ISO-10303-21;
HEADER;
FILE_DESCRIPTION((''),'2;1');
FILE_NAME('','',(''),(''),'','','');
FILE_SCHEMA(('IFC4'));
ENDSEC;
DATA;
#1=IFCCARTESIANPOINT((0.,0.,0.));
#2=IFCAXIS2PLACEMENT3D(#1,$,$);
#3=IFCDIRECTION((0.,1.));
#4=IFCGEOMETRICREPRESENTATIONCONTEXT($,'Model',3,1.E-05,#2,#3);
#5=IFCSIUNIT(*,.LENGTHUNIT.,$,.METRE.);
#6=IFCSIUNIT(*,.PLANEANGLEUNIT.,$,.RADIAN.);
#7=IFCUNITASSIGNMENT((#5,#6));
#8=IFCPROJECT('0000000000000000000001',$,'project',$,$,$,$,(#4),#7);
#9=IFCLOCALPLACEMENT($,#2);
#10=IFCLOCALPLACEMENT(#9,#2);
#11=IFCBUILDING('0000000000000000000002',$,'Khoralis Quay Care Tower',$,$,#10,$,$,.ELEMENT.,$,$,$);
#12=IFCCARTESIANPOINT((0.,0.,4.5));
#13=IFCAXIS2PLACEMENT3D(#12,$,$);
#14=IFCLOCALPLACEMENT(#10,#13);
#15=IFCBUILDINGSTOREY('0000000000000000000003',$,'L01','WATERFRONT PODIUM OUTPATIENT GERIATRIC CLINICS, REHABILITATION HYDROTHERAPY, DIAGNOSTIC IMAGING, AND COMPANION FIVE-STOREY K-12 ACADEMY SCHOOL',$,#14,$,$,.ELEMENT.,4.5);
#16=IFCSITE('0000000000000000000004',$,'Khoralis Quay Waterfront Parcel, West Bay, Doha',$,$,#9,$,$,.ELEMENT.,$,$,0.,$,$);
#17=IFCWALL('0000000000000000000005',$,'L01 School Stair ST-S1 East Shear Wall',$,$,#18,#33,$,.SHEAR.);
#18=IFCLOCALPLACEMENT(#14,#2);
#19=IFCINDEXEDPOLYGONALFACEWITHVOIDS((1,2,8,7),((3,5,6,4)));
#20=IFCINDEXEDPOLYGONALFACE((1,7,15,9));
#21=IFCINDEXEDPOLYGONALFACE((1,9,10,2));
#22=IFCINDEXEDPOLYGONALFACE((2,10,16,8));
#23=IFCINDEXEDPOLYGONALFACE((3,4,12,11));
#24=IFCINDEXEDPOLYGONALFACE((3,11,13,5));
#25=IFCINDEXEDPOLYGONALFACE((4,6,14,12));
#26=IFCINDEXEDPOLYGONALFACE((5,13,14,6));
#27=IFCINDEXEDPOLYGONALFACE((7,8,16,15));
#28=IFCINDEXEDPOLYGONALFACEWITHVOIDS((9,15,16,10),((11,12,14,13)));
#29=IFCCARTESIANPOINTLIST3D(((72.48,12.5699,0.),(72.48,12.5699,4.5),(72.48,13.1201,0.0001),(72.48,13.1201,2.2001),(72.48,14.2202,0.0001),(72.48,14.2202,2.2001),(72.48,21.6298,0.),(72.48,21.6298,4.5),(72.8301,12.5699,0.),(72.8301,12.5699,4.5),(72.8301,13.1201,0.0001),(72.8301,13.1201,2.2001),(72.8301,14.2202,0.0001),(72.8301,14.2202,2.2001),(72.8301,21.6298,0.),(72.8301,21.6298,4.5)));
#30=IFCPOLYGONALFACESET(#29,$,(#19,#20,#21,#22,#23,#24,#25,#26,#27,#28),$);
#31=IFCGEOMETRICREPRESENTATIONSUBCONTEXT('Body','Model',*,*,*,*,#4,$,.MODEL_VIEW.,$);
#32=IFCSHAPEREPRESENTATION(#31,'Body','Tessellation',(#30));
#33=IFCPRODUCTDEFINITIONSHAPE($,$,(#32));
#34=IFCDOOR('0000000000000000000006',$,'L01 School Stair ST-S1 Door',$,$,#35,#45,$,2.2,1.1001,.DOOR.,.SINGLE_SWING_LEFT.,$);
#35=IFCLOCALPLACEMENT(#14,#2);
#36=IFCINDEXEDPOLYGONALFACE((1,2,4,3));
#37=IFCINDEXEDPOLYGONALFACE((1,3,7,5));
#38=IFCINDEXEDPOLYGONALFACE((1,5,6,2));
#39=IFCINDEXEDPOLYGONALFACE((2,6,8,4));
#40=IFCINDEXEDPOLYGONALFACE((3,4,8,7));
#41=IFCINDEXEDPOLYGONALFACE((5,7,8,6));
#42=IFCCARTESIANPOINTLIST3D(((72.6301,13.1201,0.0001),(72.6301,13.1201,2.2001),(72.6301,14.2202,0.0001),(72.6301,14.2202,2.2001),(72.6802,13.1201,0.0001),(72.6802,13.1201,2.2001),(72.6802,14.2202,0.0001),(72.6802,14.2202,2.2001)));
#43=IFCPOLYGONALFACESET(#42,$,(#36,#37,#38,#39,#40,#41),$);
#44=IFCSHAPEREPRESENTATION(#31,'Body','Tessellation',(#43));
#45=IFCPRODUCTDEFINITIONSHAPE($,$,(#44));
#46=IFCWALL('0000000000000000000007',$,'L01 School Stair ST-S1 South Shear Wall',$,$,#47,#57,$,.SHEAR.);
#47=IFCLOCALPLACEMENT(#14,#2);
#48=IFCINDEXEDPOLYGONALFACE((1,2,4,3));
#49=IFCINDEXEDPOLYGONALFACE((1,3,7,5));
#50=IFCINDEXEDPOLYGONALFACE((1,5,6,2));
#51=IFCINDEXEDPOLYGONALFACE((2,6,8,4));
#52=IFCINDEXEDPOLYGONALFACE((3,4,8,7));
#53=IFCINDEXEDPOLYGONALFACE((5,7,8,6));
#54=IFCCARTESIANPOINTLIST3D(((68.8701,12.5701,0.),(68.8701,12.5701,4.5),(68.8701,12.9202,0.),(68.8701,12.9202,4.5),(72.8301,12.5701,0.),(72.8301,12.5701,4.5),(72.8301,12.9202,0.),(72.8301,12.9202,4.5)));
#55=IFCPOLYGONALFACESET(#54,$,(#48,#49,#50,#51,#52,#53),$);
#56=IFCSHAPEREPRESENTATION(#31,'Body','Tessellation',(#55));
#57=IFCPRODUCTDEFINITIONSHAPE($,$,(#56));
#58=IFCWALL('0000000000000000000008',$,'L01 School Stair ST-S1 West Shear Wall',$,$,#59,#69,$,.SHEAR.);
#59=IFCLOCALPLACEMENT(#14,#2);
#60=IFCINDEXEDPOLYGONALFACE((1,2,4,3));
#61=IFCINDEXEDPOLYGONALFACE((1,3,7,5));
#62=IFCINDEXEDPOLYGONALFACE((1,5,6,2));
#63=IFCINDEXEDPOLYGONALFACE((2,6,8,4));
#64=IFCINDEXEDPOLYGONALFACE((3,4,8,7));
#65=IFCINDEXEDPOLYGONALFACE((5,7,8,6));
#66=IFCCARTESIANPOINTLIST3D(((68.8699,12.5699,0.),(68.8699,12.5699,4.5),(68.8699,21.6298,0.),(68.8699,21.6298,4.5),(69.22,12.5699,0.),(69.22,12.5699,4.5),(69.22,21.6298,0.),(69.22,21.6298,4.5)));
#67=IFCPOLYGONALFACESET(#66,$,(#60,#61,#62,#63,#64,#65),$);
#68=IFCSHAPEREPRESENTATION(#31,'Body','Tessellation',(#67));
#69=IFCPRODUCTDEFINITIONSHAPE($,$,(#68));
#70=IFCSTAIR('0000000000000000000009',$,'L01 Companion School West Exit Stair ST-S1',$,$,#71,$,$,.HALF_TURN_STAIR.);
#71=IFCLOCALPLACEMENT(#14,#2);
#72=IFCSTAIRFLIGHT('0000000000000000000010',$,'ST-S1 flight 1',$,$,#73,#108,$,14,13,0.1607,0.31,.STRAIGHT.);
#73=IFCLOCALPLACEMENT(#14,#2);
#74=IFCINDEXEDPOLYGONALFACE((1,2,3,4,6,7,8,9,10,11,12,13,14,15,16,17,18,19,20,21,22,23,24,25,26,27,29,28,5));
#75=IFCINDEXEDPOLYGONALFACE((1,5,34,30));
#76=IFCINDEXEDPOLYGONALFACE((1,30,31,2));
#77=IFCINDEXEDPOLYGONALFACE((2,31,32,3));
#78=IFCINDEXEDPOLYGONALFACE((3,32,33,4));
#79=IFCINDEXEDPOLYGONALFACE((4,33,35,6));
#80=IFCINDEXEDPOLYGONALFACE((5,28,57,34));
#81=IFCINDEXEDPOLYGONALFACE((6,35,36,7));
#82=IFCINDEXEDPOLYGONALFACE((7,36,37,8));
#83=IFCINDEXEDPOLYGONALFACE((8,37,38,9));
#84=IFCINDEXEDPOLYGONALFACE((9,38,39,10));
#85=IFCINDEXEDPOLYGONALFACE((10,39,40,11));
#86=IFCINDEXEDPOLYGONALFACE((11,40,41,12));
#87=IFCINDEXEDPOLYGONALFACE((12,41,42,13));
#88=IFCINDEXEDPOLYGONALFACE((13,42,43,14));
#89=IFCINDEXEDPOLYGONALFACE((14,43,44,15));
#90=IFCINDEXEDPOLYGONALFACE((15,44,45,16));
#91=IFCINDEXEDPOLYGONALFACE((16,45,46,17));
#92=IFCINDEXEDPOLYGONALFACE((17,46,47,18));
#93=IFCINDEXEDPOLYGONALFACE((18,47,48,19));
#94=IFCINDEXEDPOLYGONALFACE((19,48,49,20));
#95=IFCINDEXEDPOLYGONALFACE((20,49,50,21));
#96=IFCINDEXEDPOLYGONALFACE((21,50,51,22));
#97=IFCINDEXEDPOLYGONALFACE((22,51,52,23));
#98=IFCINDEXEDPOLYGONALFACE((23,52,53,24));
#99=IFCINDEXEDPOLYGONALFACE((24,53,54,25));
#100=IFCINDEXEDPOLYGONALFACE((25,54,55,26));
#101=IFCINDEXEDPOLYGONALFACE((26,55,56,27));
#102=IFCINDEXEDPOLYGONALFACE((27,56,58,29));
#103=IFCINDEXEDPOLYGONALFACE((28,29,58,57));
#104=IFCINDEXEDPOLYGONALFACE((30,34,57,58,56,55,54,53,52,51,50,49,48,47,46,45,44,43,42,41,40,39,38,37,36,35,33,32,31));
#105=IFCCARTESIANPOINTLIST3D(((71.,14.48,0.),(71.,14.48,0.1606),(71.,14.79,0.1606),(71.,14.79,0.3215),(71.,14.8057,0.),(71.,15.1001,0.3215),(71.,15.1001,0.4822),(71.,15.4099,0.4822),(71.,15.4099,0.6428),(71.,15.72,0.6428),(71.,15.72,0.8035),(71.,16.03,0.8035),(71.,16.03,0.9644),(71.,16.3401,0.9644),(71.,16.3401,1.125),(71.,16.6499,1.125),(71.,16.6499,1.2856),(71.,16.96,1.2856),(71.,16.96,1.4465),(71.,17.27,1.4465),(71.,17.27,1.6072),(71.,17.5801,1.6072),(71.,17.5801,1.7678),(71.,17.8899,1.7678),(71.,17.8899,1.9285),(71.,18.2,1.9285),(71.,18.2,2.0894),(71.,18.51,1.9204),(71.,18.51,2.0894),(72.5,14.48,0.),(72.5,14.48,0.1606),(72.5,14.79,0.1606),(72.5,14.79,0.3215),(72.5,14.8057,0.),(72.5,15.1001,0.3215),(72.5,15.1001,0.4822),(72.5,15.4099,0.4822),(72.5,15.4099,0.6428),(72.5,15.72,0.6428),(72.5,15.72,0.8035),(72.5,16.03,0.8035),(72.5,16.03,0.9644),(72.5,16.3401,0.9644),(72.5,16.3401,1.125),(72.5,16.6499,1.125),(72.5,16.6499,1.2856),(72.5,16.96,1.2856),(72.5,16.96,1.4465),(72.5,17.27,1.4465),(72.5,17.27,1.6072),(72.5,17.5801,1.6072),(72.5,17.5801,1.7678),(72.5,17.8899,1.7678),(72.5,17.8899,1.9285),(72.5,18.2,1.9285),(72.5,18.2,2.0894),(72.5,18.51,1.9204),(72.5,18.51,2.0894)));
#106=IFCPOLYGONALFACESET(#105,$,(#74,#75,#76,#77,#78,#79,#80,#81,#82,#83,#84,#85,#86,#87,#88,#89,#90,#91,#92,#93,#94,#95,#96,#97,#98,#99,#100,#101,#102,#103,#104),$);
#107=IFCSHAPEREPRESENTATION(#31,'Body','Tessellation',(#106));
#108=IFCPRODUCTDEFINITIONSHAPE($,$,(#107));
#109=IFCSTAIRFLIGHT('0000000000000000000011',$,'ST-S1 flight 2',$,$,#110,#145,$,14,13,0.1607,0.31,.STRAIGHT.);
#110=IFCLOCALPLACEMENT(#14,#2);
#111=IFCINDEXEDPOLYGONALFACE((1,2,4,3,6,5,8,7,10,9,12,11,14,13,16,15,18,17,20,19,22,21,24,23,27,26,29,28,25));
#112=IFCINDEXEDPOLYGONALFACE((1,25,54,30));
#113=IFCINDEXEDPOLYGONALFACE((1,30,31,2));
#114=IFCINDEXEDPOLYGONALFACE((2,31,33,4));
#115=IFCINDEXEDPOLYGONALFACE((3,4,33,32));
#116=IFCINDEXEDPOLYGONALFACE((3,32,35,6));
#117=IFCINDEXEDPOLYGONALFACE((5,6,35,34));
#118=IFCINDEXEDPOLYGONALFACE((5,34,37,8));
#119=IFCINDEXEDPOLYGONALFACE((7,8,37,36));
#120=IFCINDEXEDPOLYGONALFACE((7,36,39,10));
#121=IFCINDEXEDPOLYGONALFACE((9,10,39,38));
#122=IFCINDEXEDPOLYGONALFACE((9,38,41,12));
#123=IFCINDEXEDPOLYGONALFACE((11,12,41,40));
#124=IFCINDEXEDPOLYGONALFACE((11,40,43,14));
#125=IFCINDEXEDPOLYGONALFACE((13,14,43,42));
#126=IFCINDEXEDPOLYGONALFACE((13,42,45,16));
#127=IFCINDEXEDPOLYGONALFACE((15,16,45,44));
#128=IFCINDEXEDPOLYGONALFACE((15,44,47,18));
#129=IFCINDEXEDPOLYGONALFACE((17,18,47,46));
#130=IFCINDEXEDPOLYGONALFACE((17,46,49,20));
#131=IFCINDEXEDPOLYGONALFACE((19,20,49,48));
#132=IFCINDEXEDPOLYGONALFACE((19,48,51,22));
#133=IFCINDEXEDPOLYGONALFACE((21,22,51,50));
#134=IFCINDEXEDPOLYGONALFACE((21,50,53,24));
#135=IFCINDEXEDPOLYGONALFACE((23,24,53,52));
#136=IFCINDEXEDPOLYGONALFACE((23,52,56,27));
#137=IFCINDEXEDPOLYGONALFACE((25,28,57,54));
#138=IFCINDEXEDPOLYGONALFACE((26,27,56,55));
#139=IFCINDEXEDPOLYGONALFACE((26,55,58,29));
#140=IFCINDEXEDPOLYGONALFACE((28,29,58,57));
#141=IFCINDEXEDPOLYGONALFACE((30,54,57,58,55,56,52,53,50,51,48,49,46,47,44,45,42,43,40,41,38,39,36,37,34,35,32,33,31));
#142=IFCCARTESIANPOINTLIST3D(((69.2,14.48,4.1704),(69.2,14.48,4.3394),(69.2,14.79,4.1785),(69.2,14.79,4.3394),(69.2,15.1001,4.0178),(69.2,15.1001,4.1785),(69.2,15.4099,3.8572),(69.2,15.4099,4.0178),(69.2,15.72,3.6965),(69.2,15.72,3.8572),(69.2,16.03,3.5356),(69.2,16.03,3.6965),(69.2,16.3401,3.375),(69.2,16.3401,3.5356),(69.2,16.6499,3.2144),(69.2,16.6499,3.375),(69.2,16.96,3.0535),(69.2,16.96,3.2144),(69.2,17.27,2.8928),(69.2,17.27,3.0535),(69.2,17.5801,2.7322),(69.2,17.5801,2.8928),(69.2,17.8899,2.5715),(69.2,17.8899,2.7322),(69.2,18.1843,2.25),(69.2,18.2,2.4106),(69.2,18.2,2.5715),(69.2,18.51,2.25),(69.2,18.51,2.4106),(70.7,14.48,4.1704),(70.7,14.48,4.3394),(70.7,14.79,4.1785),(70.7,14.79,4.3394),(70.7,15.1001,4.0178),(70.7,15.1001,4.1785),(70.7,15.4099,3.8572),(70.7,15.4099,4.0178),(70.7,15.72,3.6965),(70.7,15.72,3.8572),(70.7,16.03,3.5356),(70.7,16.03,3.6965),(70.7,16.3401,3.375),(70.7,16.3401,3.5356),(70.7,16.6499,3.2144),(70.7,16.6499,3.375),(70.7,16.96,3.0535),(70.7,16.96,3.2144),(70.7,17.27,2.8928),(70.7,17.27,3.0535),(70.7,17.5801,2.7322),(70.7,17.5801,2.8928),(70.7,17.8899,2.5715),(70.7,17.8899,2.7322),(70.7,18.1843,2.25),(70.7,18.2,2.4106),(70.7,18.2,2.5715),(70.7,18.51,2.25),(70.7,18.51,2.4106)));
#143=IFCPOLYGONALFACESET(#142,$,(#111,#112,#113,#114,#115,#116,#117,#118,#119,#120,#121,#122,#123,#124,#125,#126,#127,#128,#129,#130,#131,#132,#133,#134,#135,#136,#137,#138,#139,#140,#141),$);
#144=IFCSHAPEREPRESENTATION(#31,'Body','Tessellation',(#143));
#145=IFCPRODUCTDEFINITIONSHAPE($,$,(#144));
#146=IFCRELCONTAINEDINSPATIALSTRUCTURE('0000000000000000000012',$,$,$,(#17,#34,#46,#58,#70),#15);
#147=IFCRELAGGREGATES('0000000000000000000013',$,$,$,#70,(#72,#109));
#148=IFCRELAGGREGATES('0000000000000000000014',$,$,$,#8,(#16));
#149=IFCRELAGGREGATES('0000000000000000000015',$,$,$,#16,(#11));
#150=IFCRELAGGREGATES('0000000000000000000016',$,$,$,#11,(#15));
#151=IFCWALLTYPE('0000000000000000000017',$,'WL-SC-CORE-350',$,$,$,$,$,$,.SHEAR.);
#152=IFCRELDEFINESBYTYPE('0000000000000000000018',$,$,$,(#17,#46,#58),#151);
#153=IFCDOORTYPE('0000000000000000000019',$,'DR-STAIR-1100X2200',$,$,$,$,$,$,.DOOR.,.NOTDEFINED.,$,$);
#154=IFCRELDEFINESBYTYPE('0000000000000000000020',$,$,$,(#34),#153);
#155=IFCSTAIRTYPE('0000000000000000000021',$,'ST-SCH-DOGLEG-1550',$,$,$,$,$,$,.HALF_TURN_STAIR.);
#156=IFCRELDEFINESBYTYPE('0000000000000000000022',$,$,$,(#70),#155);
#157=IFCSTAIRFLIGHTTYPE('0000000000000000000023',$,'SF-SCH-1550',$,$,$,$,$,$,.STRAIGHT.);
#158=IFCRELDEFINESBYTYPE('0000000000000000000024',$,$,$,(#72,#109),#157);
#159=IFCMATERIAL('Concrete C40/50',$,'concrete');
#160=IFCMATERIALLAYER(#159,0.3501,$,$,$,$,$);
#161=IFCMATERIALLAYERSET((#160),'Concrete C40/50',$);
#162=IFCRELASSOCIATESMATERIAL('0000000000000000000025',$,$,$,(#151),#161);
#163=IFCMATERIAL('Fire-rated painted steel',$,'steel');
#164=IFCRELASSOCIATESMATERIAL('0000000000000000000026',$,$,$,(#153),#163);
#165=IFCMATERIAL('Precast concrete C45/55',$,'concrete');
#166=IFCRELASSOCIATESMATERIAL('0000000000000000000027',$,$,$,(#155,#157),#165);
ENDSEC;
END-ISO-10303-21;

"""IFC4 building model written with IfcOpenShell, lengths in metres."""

from ifc_helpers import new_model, si_unit, direction, frame, frame_2d, origin, place, context, subcontext, project, spatial, polyline, rectangle, outline, extrude, source, transform, mapped, material, layer, layer_set, type_object, element, fill, aggregate, save


model = new_model("IFC4")

# Units and contexts
model_context = context("Model", 3, precision=1e-05, world=origin(), true_north=direction((0.0, 1.0)))
body_context = subcontext(model_context, "Body", "Model", "MODEL_VIEW")
ifc_project = project(units=[si_unit("LENGTHUNIT", "METRE"), si_unit("PLANEANGLEUNIT", "RADIAN")], contexts=[model_context])

# Site, building, storey
site_placement = place(None, origin())
site = spatial("IfcSite", under=ifc_project, at=site_placement, Name="Khoralis Quay Waterfront Parcel, West Bay, Doha", CompositionType="ELEMENT", RefElevation=0.0)
building_placement = place(site_placement, origin())
building = spatial("IfcBuilding", under=site, at=building_placement, Name="Khoralis Quay Care Tower", CompositionType="ELEMENT")
storey_placement = place(building_placement, frame((0.0, 0.0, 4.5)))
storey = spatial("IfcBuildingStorey", under=building, at=storey_placement, Name="L01", Description="WATERFRONT PODIUM OUTPATIENT GERIATRIC CLINICS, REHABILITATION HYDROTHERAPY, DIAGNOSTIC IMAGING, AND COMPANION FIVE-STOREY K-12 ACADEMY SCHOOL", CompositionType="ELEMENT", Elevation=4.5)

# Wall, opening, door
ifc_material_1 = material(Name="Concrete C40/50", Category="concrete")
ifc_layer_1 = layer(ifc_material_1, 0.3501)
ifc_layer_set_1 = layer_set([ifc_layer_1], Name="Concrete C40/50")
wall_type_1 = type_object("IfcWallType", Name="WL-SC-CORE-350", PredefinedType="SHEAR", material=ifc_layer_set_1)
wall_1_placement = place(storey_placement, frame((72.655, 12.5701, 0.0), z_axis=(0.0, 0.0, 1.0), x_axis=(0.0, 1.0, 0.0)))
wall_1 = element("IfcWall", 1, at=wall_1_placement, inside=storey, type_object=wall_type_1, Name="L01 School Stair ST-S1 East Shear Wall", PredefinedType="SHEAR", context=body_context, shape_type="SweptSolid", body=[
    extrude(rectangle(XDim=9.0598, YDim=0.3501, at=frame_2d((4.5298, 0.0))), origin(), (0.0, 0.0, 1.0), 4.5),
])
opening_1_placement = place(wall_1_placement, frame((0.55, 0.0, 0.0)))
opening_1 = element("IfcOpeningElement", 2, at=opening_1_placement, cuts=wall_1, PredefinedType="OPENING", context=body_context, shape_type="SweptSolid", body=[
    extrude(rectangle(XDim=1.1001, YDim=2.2, at=frame_2d((0.55, 1.1001))), frame((0.0, 0.1851, 0.0), z_axis=(0.0, -1.0, 0.0), x_axis=(1.0, 0.0, 0.0)), (0.0, 0.0, 1.0), 0.3701),
])
ifc_material_2 = material(Name="Fire-rated painted steel", Category="steel")
door_type_1 = type_object("IfcDoorType", Name="DR-STAIR-1100X2200", OperationType="NOTDEFINED", PredefinedType="DOOR", material=ifc_material_2)
shared_shape_1 = source(origin(), body_context, "Body", "SweptSolid", [
    extrude(rectangle(XDim=1.1001, YDim=2.2, at=frame_2d((0.55, 1.1001))), frame((0.0, 0.0249, 0.0), z_axis=(0.0, -1.0, 0.0), x_axis=(1.0, 0.0, 0.0)), (0.0, 0.0, 1.0), 0.05),
])
door_1_placement = place(opening_1_placement, origin())
door_1 = element("IfcDoor", 3, at=door_1_placement, inside=storey, type_object=door_type_1, Name="L01 School Stair ST-S1 Door", OperationType="SINGLE_SWING_LEFT", OverallHeight=2.2, OverallWidth=1.1001, PredefinedType="DOOR", context=body_context, shape_type="MappedRepresentation", body=[
    mapped(shared_shape_1, transform((0.0, 0.0, 0.0), scale=1.0)),
])
fill(opening_1, door_1)

# Walls
wall_2_placement = place(storey_placement, frame((68.8701, 12.7451, 0.0), z_axis=(0.0, 0.0, 1.0), x_axis=(1.0, 0.0, 0.0)))
element("IfcWall", 4, at=wall_2_placement, inside=storey, type_object=wall_type_1, Name="L01 School Stair ST-S1 South Shear Wall", PredefinedType="SHEAR", context=body_context, shape_type="SweptSolid", body=[
    extrude(rectangle(XDim=3.96, YDim=0.3501, at=frame_2d((1.98, 0.0))), origin(), (0.0, 0.0, 1.0), 4.5),
])
wall_3_placement = place(storey_placement, frame((69.0449, 12.5701, 0.0), z_axis=(0.0, 0.0, 1.0), x_axis=(0.0, 1.0, 0.0)))
element("IfcWall", 5, at=wall_3_placement, inside=storey, type_object=wall_type_1, Name="L01 School Stair ST-S1 West Shear Wall", PredefinedType="SHEAR", context=body_context, shape_type="SweptSolid", body=[
    extrude(rectangle(XDim=9.0598, YDim=0.3501, at=frame_2d((4.5298, 0.0))), origin(), (0.0, 0.0, 1.0), 4.5),
])

# Stair, stair flights
ifc_material_3 = material(Name="Precast concrete C45/55", Category="concrete")
stair_type = type_object("IfcStairType", Name="ST-SCH-DOGLEG-1550", PredefinedType="HALF_TURN_STAIR", material=ifc_material_3)
stair_placement = place(storey_placement, origin())
stair = element("IfcStair", 6, at=stair_placement, inside=storey, type_object=stair_type, Name="L01 Companion School West Exit Stair ST-S1", PredefinedType="HALF_TURN_STAIR")
stair_flight_type = type_object("IfcStairFlightType", Name="SF-SCH-1550", PredefinedType="STRAIGHT", material=ifc_material_3)
shared_shape_2 = source(origin(), body_context, "Body", "SweptSolid", [
    extrude(outline(polyline([(0.0, 0.0), (0.0, 0.1606), (0.3101, 0.1606), (0.3101, 0.3215), (0.6201, 0.3215), (0.6201, 0.4822), (0.9299, 0.4822), (0.9299, 0.6428), (1.24, 0.6428), (1.24, 0.8035), (1.55, 0.8035), (1.55, 0.9644), (1.8601, 0.9644), (1.8601, 1.125), (2.1699, 1.125), (2.1699, 1.2856), (2.48, 1.2856), (2.48, 1.4465), (2.79, 1.4465), (2.79, 1.6072), (3.1001, 1.6072), (3.1001, 1.7678), (3.4099, 1.7678), (3.4099, 1.9285), (3.72, 1.9285), (3.72, 2.0894), (4.03, 2.0894), (4.03, 2.25), (4.03, 1.9204), (0.3257, 0.0), (0.0, 0.0)])), frame((0.0, 0.75, 0.0), z_axis=(0.0, -1.0, 0.0), x_axis=(1.0, 0.0, 0.0)), (0.0, 0.0, 1.0), 1.5),
])
stair_flight_1_placement = place(storey_placement, frame((71.75, 14.48, 0.0), z_axis=(0.0, 0.0, 1.0), x_axis=(0.0, 1.0, 0.0)))
stair_flight_1 = element("IfcStairFlight", 7, at=stair_flight_1_placement, type_object=stair_flight_type, Name="ST-S1 flight 1", NumberOfRisers=14, NumberOfTreads=13, PredefinedType="STRAIGHT", RiserHeight=0.1607, TreadLength=0.31, context=body_context, shape_type="MappedRepresentation", body=[
    mapped(shared_shape_2, transform((0.0, 0.0, 0.0), scale=1.0)),
])
stair_flight_2_placement = place(storey_placement, frame((69.95, 18.51, 2.25), z_axis=(0.0, 0.0, 1.0), x_axis=(0.0, -1.0, 0.0)))
stair_flight_2 = element("IfcStairFlight", 8, at=stair_flight_2_placement, type_object=stair_flight_type, Name="ST-S1 flight 2", NumberOfRisers=14, NumberOfTreads=13, PredefinedType="STRAIGHT", RiserHeight=0.1607, TreadLength=0.31, context=body_context, shape_type="MappedRepresentation", body=[
    mapped(shared_shape_2, transform((0.0, 0.0, 0.0), scale=1.0)),
])
aggregate(stair, [stair_flight_1, stair_flight_2])

save(model, "model.ifc")
